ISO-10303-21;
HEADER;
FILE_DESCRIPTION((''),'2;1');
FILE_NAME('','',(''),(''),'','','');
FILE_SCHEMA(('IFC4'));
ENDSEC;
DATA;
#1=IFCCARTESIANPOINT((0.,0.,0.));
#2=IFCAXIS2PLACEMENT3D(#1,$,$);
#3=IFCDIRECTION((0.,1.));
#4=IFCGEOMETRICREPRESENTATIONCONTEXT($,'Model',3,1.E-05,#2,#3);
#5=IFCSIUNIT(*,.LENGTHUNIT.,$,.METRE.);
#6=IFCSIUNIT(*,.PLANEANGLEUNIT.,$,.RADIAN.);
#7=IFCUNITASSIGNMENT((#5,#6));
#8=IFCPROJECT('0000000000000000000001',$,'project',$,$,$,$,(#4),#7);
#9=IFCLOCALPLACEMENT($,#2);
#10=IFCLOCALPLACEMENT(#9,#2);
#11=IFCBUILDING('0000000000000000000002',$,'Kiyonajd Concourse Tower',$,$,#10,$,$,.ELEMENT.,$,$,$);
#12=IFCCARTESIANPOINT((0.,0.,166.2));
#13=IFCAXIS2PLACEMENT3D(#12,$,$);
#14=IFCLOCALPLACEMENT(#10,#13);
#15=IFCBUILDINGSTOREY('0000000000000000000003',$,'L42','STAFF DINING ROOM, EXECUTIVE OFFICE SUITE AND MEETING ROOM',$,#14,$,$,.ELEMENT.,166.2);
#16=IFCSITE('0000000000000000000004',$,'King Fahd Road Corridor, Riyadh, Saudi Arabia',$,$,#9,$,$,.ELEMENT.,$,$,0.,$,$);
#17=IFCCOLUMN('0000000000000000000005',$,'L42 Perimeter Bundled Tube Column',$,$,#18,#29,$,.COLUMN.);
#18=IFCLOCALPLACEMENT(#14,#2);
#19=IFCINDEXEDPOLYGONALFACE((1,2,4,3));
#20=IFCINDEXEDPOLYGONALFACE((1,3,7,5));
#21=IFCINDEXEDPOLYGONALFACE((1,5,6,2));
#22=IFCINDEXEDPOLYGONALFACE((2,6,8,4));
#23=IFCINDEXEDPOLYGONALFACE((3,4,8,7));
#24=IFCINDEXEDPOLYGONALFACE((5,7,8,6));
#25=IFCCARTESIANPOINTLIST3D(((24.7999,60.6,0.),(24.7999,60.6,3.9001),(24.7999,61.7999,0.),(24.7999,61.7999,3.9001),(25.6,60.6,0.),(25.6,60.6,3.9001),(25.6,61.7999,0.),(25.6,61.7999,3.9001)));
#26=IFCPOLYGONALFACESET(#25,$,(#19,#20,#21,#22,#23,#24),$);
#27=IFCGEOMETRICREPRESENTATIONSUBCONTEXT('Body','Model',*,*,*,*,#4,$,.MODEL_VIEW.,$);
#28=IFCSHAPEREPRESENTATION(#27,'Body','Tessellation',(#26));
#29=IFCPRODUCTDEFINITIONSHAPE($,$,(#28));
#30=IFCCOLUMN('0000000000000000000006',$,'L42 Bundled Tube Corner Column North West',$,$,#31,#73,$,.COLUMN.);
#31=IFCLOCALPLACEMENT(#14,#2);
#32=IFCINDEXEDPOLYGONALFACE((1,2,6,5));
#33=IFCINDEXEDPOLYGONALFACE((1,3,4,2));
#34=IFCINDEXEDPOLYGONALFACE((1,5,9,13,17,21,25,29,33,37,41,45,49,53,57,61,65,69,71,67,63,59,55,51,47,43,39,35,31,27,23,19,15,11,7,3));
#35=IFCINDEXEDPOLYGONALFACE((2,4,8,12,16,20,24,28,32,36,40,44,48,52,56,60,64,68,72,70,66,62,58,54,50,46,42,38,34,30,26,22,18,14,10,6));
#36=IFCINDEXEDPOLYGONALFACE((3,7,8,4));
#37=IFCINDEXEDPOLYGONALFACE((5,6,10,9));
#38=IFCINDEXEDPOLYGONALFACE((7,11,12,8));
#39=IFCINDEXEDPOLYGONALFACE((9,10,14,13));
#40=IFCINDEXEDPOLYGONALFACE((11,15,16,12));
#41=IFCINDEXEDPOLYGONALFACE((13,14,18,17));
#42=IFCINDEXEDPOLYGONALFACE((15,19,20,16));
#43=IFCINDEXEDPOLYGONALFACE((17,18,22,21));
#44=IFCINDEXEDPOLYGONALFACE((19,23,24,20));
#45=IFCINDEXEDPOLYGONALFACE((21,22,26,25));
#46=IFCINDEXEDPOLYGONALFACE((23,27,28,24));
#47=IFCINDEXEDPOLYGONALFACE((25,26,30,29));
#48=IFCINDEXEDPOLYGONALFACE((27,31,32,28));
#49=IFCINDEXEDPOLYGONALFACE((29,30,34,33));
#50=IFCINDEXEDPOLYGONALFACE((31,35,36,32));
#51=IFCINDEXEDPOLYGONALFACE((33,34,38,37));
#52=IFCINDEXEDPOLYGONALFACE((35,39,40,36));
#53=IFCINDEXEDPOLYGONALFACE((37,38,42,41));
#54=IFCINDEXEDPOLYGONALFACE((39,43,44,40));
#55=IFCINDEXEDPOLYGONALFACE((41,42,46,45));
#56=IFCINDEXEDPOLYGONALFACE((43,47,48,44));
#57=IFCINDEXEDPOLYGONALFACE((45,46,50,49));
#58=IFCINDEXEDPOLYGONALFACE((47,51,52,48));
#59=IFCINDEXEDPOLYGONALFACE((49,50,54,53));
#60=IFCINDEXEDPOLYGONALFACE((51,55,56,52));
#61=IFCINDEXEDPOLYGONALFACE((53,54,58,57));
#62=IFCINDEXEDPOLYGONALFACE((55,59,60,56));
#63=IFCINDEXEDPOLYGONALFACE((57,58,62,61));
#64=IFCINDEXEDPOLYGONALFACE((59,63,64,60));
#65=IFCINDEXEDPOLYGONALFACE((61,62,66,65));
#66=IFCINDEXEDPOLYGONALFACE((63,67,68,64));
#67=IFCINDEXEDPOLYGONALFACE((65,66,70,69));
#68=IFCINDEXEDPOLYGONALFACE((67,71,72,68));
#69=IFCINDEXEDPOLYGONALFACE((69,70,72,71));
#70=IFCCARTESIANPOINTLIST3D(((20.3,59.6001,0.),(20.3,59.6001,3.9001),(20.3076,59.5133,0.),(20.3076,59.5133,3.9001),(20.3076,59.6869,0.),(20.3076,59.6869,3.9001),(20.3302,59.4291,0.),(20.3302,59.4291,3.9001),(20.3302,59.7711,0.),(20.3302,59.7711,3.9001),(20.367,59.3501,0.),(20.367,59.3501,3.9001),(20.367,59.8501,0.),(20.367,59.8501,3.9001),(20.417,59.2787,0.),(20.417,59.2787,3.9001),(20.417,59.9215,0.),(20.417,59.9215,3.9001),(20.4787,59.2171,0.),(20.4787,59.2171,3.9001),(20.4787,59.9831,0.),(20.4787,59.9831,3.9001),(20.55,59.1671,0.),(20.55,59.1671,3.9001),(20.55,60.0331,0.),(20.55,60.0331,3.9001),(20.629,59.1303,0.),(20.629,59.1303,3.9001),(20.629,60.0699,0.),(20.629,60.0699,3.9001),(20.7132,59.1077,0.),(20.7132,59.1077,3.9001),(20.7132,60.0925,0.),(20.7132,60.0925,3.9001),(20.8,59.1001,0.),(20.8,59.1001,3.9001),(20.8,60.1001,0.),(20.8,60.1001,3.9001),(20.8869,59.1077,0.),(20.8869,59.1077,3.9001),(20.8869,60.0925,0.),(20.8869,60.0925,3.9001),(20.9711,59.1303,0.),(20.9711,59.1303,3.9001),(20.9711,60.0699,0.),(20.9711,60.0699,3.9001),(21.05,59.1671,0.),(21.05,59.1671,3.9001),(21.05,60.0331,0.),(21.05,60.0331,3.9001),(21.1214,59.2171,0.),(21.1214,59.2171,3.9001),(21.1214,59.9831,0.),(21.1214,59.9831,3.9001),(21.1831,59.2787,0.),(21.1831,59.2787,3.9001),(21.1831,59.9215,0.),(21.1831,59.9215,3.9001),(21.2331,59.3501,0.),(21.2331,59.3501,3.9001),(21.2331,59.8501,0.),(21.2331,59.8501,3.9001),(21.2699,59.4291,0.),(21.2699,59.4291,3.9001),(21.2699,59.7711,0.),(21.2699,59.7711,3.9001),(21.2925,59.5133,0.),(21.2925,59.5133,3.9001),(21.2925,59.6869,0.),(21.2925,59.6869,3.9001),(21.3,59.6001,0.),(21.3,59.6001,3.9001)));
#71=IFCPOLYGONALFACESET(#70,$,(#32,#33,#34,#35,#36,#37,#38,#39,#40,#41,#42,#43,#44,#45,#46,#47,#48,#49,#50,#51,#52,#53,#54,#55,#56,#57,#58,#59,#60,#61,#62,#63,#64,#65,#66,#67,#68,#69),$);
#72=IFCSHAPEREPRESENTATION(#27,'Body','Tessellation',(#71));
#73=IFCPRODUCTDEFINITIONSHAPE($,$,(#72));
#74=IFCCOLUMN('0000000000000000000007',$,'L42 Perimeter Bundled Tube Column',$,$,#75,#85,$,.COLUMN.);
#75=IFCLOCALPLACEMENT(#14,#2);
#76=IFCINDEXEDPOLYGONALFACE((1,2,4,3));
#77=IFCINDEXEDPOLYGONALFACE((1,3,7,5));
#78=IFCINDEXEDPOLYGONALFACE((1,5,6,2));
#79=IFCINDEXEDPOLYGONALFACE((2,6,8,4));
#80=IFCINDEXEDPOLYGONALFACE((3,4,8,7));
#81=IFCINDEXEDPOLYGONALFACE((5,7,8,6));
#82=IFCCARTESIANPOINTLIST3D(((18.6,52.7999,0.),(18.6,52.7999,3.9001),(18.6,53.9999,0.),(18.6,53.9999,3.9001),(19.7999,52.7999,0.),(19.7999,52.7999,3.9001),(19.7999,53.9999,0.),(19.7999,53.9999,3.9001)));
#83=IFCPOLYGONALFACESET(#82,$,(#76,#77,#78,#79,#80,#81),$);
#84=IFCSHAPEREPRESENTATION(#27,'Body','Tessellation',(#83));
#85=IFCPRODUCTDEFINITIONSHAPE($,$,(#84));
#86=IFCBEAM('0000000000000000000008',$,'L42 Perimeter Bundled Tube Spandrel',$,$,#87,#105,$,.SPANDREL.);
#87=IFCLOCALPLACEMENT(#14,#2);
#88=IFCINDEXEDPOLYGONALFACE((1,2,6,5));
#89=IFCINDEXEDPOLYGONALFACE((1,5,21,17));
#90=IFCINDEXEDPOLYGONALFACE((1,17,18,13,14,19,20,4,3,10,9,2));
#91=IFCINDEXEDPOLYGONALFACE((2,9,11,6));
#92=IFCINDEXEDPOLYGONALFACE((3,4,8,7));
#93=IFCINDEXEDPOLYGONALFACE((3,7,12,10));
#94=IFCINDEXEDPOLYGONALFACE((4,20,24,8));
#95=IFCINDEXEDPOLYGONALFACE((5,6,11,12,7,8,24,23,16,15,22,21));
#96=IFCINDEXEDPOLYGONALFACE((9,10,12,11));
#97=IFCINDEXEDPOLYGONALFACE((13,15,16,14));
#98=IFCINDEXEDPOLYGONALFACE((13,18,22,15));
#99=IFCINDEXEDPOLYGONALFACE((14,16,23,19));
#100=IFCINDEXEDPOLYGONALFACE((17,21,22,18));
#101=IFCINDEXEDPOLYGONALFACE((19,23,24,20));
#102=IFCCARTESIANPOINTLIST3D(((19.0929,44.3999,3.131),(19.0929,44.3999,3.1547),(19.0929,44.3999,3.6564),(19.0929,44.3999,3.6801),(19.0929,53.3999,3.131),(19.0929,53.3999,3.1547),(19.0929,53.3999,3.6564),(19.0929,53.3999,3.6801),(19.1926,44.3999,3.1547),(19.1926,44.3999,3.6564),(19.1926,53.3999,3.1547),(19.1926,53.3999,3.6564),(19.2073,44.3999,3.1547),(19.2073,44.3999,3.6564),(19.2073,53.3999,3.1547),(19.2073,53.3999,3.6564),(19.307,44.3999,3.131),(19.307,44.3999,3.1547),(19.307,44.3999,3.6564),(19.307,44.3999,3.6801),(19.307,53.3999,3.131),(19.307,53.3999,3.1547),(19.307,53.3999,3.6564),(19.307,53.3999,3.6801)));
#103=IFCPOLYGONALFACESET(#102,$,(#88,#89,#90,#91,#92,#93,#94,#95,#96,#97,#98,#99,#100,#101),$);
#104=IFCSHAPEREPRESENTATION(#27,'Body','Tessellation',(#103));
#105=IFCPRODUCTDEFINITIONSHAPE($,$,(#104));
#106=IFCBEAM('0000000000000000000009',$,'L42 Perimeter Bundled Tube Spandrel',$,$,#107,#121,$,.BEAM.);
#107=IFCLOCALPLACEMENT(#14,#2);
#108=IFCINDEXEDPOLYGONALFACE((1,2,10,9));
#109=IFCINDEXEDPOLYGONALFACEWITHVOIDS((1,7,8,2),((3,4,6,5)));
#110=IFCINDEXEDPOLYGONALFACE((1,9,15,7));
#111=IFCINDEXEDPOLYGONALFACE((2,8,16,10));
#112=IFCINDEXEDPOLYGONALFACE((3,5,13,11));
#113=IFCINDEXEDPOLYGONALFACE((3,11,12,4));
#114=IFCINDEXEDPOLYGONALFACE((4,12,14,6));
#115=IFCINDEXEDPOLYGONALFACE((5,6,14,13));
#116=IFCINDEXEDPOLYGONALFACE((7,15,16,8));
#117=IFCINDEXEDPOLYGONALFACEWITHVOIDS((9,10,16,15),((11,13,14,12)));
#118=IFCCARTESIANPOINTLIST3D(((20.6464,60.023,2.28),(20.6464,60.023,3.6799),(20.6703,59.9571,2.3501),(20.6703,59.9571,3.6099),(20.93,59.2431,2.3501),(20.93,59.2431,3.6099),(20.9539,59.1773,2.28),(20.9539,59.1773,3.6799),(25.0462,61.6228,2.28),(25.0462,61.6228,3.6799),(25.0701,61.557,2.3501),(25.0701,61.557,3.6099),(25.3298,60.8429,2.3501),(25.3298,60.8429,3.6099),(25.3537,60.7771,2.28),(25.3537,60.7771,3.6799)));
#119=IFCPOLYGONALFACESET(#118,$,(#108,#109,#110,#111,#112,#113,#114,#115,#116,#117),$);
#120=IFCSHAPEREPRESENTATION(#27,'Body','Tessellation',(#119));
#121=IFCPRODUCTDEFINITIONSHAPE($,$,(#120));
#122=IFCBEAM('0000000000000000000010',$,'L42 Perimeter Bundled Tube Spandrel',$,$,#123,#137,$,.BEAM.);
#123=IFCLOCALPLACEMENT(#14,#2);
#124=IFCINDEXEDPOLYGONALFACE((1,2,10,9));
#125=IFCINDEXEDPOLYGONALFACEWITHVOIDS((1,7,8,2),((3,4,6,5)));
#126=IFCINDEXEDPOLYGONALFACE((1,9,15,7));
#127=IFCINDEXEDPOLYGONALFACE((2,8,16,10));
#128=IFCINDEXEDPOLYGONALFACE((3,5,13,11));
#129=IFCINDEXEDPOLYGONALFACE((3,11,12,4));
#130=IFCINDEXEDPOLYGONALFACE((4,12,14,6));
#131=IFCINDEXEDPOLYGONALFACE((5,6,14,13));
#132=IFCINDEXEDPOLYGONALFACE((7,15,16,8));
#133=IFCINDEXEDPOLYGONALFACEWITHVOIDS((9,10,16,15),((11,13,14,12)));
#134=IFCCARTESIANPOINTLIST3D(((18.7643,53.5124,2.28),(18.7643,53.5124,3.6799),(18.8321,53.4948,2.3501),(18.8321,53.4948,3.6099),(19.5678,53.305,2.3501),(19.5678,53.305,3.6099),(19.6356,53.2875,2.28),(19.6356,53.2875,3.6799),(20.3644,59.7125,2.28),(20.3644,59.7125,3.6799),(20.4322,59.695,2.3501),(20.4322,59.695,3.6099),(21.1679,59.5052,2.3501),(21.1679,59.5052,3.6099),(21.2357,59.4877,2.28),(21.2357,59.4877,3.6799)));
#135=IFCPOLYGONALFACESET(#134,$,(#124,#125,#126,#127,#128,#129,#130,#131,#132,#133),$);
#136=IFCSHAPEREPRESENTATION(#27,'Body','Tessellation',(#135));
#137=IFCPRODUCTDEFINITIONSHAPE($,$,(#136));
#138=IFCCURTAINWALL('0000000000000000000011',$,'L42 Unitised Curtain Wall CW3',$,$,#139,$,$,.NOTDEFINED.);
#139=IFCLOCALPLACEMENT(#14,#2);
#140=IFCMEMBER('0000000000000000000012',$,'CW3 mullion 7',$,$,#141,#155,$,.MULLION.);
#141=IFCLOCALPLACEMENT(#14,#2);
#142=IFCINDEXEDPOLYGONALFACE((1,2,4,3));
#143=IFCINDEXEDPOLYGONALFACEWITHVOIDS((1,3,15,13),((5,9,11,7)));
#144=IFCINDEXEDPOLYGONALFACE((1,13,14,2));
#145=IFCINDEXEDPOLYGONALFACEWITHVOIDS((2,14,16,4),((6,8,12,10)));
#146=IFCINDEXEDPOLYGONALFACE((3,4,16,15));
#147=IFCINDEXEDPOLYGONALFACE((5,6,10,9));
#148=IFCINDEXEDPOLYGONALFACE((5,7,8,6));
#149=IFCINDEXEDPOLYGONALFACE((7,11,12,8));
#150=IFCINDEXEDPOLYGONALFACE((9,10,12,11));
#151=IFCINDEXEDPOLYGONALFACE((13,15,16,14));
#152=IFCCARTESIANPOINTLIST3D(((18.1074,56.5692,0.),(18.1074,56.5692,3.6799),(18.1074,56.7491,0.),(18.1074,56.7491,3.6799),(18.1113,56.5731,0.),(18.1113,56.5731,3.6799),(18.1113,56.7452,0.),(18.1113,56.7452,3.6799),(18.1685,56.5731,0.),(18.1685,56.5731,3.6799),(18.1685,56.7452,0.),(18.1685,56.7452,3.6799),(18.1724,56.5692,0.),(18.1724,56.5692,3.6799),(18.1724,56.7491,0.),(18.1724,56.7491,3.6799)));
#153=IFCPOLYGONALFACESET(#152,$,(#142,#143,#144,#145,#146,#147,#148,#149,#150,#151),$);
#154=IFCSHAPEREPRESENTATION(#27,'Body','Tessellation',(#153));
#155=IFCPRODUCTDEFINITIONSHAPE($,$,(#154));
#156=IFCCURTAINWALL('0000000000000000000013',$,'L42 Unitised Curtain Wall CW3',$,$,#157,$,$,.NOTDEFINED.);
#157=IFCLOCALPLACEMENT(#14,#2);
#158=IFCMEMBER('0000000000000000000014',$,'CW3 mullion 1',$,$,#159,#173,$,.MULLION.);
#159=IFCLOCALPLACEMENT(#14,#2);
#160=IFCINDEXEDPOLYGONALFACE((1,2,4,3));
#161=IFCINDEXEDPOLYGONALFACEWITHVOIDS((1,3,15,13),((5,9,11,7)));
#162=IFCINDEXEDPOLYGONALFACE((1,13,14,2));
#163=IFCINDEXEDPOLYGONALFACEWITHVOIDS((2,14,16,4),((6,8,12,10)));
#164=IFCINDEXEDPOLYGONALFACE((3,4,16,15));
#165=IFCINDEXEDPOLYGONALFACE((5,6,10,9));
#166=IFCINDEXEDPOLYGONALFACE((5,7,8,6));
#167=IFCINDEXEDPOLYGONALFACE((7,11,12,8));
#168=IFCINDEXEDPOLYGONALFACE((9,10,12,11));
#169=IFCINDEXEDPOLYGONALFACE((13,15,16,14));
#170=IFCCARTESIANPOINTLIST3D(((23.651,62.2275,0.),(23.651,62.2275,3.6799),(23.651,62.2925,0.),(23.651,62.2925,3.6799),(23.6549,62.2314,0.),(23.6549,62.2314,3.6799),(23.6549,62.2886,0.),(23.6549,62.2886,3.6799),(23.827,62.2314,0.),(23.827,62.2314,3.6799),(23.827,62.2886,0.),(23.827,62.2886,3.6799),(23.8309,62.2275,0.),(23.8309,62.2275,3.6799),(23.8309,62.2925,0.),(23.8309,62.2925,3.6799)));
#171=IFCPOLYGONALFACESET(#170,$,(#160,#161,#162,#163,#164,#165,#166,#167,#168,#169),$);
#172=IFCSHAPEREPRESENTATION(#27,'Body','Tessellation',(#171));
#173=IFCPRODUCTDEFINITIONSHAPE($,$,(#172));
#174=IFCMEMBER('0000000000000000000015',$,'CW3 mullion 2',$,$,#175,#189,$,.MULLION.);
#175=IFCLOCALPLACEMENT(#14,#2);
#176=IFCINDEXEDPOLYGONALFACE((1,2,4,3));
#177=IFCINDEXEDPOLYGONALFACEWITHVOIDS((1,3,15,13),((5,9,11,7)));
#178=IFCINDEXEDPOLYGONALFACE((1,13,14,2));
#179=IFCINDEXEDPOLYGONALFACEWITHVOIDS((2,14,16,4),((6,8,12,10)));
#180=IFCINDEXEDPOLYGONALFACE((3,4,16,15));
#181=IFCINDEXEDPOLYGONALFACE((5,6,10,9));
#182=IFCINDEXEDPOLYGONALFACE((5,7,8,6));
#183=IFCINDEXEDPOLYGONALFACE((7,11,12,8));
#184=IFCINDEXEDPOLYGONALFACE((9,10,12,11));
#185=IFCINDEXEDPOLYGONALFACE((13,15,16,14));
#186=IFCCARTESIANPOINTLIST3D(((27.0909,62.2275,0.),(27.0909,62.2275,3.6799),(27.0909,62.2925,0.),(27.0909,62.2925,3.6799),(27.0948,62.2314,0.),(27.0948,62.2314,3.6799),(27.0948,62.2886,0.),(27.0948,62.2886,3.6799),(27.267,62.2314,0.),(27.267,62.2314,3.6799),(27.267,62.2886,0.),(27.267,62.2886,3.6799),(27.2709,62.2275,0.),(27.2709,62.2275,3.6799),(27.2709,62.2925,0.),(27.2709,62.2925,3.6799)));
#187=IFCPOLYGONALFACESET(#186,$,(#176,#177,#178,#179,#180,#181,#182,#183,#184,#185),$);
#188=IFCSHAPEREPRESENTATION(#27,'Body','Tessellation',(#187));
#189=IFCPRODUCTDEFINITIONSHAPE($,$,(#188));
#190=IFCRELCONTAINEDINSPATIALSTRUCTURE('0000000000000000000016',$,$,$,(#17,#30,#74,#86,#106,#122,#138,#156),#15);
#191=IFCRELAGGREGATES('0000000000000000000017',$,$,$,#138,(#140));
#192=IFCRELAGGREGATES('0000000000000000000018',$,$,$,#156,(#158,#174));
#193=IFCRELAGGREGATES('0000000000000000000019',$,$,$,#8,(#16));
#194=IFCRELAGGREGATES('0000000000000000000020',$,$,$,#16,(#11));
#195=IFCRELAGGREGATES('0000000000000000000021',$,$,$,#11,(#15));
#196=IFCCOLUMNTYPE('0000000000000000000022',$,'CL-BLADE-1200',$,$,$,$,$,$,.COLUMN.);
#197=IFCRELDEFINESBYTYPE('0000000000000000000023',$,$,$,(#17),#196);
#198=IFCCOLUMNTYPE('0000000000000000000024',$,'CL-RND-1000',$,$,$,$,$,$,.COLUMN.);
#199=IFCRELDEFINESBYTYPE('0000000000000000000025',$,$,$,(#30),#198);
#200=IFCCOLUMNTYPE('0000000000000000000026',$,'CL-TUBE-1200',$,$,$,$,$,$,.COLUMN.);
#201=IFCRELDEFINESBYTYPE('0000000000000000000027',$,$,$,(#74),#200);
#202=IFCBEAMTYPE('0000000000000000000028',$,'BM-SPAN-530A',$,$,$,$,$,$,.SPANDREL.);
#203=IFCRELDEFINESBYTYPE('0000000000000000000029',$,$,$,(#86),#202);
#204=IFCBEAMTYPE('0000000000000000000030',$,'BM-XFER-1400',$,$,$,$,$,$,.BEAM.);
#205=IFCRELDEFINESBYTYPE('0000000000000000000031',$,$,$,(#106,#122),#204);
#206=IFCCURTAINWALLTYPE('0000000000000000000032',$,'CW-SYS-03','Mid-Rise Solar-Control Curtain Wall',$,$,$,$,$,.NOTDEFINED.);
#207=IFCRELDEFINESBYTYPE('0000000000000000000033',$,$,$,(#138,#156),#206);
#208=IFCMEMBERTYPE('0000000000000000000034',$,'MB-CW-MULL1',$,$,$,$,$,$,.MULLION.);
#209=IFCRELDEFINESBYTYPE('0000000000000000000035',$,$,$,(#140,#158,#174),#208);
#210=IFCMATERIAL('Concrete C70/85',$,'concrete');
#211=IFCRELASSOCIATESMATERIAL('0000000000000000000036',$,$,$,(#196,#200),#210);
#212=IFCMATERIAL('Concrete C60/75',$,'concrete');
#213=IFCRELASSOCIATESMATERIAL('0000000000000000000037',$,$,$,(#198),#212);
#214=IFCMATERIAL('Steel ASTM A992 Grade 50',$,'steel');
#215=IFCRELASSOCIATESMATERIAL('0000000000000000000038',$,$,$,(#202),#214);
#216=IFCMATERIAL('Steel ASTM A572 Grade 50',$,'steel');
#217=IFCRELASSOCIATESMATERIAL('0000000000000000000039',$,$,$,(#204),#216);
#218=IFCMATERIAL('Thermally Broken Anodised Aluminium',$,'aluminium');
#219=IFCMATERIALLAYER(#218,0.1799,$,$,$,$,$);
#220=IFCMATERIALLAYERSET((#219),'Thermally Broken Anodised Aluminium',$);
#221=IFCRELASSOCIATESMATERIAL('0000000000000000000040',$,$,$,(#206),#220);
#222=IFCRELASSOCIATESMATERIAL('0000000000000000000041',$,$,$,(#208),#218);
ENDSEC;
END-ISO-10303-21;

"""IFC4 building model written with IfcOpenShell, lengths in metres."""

from ifc_helpers import new_model, si_unit, direction, frame, origin, origin_2d, place, context, subcontext, project, spatial, rectangle, hollow_rectangle, circle, i_section, extrude, material, layer, layer_set, material_profile, profile_set, type_object, element, aggregate, save


model = new_model("IFC4")

# Units and contexts
model_context = context("Model", 3, precision=1e-05, world=origin(), true_north=direction((0.0, 1.0)))
body_context = subcontext(model_context, "Body", "Model", "MODEL_VIEW")
ifc_project = project(units=[si_unit("LENGTHUNIT", "METRE"), si_unit("PLANEANGLEUNIT", "RADIAN")], contexts=[model_context])

# Site, building, storey
site_placement = place(None, origin())
site = spatial("IfcSite", under=ifc_project, at=site_placement, Name="King Fahd Road Corridor, Riyadh, Saudi Arabia", CompositionType="ELEMENT", RefElevation=0.0)
building_placement = place(site_placement, origin())
building = spatial("IfcBuilding", under=site, at=building_placement, Name="Kiyonajd Concourse Tower", CompositionType="ELEMENT")
storey_placement = place(building_placement, frame((0.0, 0.0, 166.2)))
storey = spatial("IfcBuildingStorey", under=building, at=storey_placement, Name="L42", Description="STAFF DINING ROOM, EXECUTIVE OFFICE SUITE AND MEETING ROOM", CompositionType="ELEMENT", Elevation=166.2)

# Columns
ifc_material_1 = material(Name="Concrete C70/85", Category="concrete")
ifc_material_profile_1 = material_profile(ifc_material_1, rectangle(XDim=0.8, YDim=1.2, at=origin_2d()), Name="RC-1200x800")
ifc_profile_set_1 = profile_set([ifc_material_profile_1], Name="Concrete C70/85")
column_type_1 = type_object("IfcColumnType", Name="CL-BLADE-1200", PredefinedType="COLUMN", material=ifc_profile_set_1)
column_1_placement = place(storey_placement, frame((25.2, 61.2, 0.0), z_axis=(0.0, 0.0, 1.0), x_axis=(1.0, 0.0, 0.0)))
element("IfcColumn", 1, at=column_1_placement, inside=storey, type_object=column_type_1, Name="L42 Perimeter Bundled Tube Column", PredefinedType="COLUMN", context=body_context, shape_type="SweptSolid", body=[
    extrude(rectangle(XDim=0.8, YDim=1.2, at=origin_2d()), origin(), (0.0, 0.0, 1.0), 3.9001),
])
ifc_material_2 = material(Name="Concrete C60/75", Category="concrete")
ifc_material_profile_2 = material_profile(ifc_material_2, circle(Radius=0.5, at=origin_2d()), Name="RCC-D1000")
ifc_profile_set_2 = profile_set([ifc_material_profile_2], Name="Concrete C60/75")
column_type_2 = type_object("IfcColumnType", Name="CL-RND-1000", PredefinedType="COLUMN", material=ifc_profile_set_2)
column_2_placement = place(storey_placement, frame((20.8, 59.6001, 0.0), z_axis=(0.0, 0.0, 1.0), x_axis=(1.0, 0.0, 0.0)))
element("IfcColumn", 2, at=column_2_placement, inside=storey, type_object=column_type_2, Name="L42 Bundled Tube Corner Column North West", PredefinedType="COLUMN", context=body_context, shape_type="SweptSolid", body=[
    extrude(circle(Radius=0.5, at=origin_2d()), origin(), (0.0, 0.0, 1.0), 3.9001),
])
ifc_material_profile_3 = material_profile(ifc_material_1, rectangle(XDim=1.2, YDim=1.2, at=origin_2d()), Name="RC-1200x1200")
ifc_profile_set_3 = profile_set([ifc_material_profile_3], Name="Concrete C70/85")
column_type_3 = type_object("IfcColumnType", Name="CL-TUBE-1200", PredefinedType="COLUMN", material=ifc_profile_set_3)
column_3_placement = place(storey_placement, frame((19.2, 53.3999, 0.0), z_axis=(0.0, 0.0, 1.0), x_axis=(1.0, 0.0, 0.0)))
element("IfcColumn", 3, at=column_3_placement, inside=storey, type_object=column_type_3, Name="L42 Perimeter Bundled Tube Column", PredefinedType="COLUMN", context=body_context, shape_type="SweptSolid", body=[
    extrude(rectangle(XDim=1.2, YDim=1.2, at=origin_2d()), origin(), (0.0, 0.0, 1.0), 3.9001),
])

# Beams
ifc_material_3 = material(Name="Steel ASTM A992 Grade 50", Category="steel")
ifc_material_profile_4 = material_profile(ifc_material_3, i_section(OverallWidth=0.2141, OverallDepth=0.5491, WebThickness=0.0146, FlangeThickness=0.0237, at=origin_2d()), Name="W530X138")
ifc_profile_set_4 = profile_set([ifc_material_profile_4], Name="Steel ASTM A992 Grade 50")
beam_type_1 = type_object("IfcBeamType", Name="BM-SPAN-530A", PredefinedType="SPANDREL", material=ifc_profile_set_4)
beam_1_placement = place(storey_placement, frame((19.2, 53.3999, 3.4055), z_axis=(0.0, -1.0, 0.0), x_axis=(1.0, 0.0, 0.0)))
element("IfcBeam", 4, at=beam_1_placement, inside=storey, type_object=beam_type_1, Name="L42 Perimeter Bundled Tube Spandrel", PredefinedType="SPANDREL", context=body_context, shape_type="SweptSolid", body=[
    extrude(i_section(OverallWidth=0.2141, OverallDepth=0.5491, WebThickness=0.0146, FlangeThickness=0.0237, at=origin_2d()), origin(), (0.0, 0.0, 1.0), 9.0),
])
ifc_material_4 = material(Name="Steel ASTM A572 Grade 50", Category="steel")
ifc_material_profile_5 = material_profile(ifc_material_4, hollow_rectangle(XDim=0.8999, YDim=1.3999, WallThickness=0.0701, at=origin_2d()), Name="BOX-1400x900x70")
ifc_profile_set_5 = profile_set([ifc_material_profile_5], Name="Steel ASTM A572 Grade 50")
beam_type_2 = type_object("IfcBeamType", Name="BM-XFER-1400", PredefinedType="BEAM", material=ifc_profile_set_5)
beam_2_placement = place(storey_placement, frame((25.2, 61.2, 2.98), z_axis=(-0.939801, -0.341722, 0.0), x_axis=(0.341722, -0.939801, 0.0)))
element("IfcBeam", 5, at=beam_2_placement, inside=storey, type_object=beam_type_2, Name="L42 Perimeter Bundled Tube Spandrel", PredefinedType="BEAM", context=body_context, shape_type="SweptSolid", body=[
    extrude(hollow_rectangle(XDim=0.8999, YDim=1.3999, WallThickness=0.0701, at=origin_2d()), origin(), (0.0, 0.0, 1.0), 4.6816),
])
beam_3_placement = place(storey_placement, frame((20.8, 59.6001, 2.98), z_axis=(-0.249885, -0.968276, 0.0), x_axis=(0.968276, -0.249885, 0.0)))
element("IfcBeam", 6, at=beam_3_placement, inside=storey, type_object=beam_type_2, Name="L42 Perimeter Bundled Tube Spandrel", PredefinedType="BEAM", context=body_context, shape_type="SweptSolid", body=[
    extrude(hollow_rectangle(XDim=0.8999, YDim=1.3999, WallThickness=0.0701, at=origin_2d()), origin(), (0.0, 0.0, 1.0), 6.4033),
])

# Curtain wall, member
ifc_material_5 = material(Name="Thermally Broken Anodised Aluminium", Category="aluminium")
ifc_layer_1 = layer(ifc_material_5, 0.1799)
ifc_layer_set_1 = layer_set([ifc_layer_1], Name="Thermally Broken Anodised Aluminium")
curtain_wall_type = type_object("IfcCurtainWallType", Name="CW-SYS-03", Description="Mid-Rise Solar-Control Curtain Wall", PredefinedType="NOTDEFINED", material=ifc_layer_set_1)
curtain_wall_1_placement = place(storey_placement, origin())
curtain_wall_1 = element("IfcCurtainWall", 7, at=curtain_wall_1_placement, inside=storey, type_object=curtain_wall_type, Name="L42 Unitised Curtain Wall CW3", PredefinedType="NOTDEFINED")
ifc_material_profile_6 = material_profile(ifc_material_5, hollow_rectangle(XDim=0.0649, YDim=0.1799, WallThickness=0.0039, at=origin_2d()), Name="MULL-65x180")
ifc_profile_set_6 = profile_set([ifc_material_profile_6], Name="Thermally Broken Anodised Aluminium")
member_type_1 = type_object("IfcMemberType", Name="MB-CW-MULL1", PredefinedType="MULLION", material=ifc_profile_set_6)
member_1_placement = place(storey_placement, frame((18.1399, 56.6592, 0.0), z_axis=(0.0, 0.0, 1.0), x_axis=(-1.0, 0.0, 0.0)))
member_1 = element("IfcMember", 8, at=member_1_placement, type_object=member_type_1, Name="CW3 mullion 7", PredefinedType="MULLION", context=body_context, shape_type="SweptSolid", body=[
    extrude(hollow_rectangle(XDim=0.0649, YDim=0.1799, WallThickness=0.0039, at=origin_2d()), origin(), (0.0, 0.0, 1.0), 3.6799),
])

# Curtain wall, members
curtain_wall_2_placement = place(storey_placement, origin())
curtain_wall_2 = element("IfcCurtainWall", 9, at=curtain_wall_2_placement, inside=storey, type_object=curtain_wall_type, Name="L42 Unitised Curtain Wall CW3", PredefinedType="NOTDEFINED")
member_2_placement = place(storey_placement, frame((23.741, 62.26, 0.0), z_axis=(0.0, 0.0, 1.0), x_axis=(0.0, 1.0, 0.0)))
member_2 = element("IfcMember", 10, at=member_2_placement, type_object=member_type_1, Name="CW3 mullion 1", PredefinedType="MULLION", context=body_context, shape_type="SweptSolid", body=[
    extrude(hollow_rectangle(XDim=0.0649, YDim=0.1799, WallThickness=0.0039, at=origin_2d()), origin(), (0.0, 0.0, 1.0), 3.6799),
])
member_3_placement = place(storey_placement, frame((27.1809, 62.26, 0.0), z_axis=(0.0, 0.0, 1.0), x_axis=(0.0, 1.0, 0.0)))
member_3 = element("IfcMember", 11, at=member_3_placement, type_object=member_type_1, Name="CW3 mullion 2", PredefinedType="MULLION", context=body_context, shape_type="SweptSolid", body=[
    extrude(hollow_rectangle(XDim=0.0649, YDim=0.1799, WallThickness=0.0039, at=origin_2d()), origin(), (0.0, 0.0, 1.0), 3.6799),
])

aggregate(curtain_wall_1, [member_1])
aggregate(curtain_wall_2, [member_2, member_3])

save(model, "model.ifc")
